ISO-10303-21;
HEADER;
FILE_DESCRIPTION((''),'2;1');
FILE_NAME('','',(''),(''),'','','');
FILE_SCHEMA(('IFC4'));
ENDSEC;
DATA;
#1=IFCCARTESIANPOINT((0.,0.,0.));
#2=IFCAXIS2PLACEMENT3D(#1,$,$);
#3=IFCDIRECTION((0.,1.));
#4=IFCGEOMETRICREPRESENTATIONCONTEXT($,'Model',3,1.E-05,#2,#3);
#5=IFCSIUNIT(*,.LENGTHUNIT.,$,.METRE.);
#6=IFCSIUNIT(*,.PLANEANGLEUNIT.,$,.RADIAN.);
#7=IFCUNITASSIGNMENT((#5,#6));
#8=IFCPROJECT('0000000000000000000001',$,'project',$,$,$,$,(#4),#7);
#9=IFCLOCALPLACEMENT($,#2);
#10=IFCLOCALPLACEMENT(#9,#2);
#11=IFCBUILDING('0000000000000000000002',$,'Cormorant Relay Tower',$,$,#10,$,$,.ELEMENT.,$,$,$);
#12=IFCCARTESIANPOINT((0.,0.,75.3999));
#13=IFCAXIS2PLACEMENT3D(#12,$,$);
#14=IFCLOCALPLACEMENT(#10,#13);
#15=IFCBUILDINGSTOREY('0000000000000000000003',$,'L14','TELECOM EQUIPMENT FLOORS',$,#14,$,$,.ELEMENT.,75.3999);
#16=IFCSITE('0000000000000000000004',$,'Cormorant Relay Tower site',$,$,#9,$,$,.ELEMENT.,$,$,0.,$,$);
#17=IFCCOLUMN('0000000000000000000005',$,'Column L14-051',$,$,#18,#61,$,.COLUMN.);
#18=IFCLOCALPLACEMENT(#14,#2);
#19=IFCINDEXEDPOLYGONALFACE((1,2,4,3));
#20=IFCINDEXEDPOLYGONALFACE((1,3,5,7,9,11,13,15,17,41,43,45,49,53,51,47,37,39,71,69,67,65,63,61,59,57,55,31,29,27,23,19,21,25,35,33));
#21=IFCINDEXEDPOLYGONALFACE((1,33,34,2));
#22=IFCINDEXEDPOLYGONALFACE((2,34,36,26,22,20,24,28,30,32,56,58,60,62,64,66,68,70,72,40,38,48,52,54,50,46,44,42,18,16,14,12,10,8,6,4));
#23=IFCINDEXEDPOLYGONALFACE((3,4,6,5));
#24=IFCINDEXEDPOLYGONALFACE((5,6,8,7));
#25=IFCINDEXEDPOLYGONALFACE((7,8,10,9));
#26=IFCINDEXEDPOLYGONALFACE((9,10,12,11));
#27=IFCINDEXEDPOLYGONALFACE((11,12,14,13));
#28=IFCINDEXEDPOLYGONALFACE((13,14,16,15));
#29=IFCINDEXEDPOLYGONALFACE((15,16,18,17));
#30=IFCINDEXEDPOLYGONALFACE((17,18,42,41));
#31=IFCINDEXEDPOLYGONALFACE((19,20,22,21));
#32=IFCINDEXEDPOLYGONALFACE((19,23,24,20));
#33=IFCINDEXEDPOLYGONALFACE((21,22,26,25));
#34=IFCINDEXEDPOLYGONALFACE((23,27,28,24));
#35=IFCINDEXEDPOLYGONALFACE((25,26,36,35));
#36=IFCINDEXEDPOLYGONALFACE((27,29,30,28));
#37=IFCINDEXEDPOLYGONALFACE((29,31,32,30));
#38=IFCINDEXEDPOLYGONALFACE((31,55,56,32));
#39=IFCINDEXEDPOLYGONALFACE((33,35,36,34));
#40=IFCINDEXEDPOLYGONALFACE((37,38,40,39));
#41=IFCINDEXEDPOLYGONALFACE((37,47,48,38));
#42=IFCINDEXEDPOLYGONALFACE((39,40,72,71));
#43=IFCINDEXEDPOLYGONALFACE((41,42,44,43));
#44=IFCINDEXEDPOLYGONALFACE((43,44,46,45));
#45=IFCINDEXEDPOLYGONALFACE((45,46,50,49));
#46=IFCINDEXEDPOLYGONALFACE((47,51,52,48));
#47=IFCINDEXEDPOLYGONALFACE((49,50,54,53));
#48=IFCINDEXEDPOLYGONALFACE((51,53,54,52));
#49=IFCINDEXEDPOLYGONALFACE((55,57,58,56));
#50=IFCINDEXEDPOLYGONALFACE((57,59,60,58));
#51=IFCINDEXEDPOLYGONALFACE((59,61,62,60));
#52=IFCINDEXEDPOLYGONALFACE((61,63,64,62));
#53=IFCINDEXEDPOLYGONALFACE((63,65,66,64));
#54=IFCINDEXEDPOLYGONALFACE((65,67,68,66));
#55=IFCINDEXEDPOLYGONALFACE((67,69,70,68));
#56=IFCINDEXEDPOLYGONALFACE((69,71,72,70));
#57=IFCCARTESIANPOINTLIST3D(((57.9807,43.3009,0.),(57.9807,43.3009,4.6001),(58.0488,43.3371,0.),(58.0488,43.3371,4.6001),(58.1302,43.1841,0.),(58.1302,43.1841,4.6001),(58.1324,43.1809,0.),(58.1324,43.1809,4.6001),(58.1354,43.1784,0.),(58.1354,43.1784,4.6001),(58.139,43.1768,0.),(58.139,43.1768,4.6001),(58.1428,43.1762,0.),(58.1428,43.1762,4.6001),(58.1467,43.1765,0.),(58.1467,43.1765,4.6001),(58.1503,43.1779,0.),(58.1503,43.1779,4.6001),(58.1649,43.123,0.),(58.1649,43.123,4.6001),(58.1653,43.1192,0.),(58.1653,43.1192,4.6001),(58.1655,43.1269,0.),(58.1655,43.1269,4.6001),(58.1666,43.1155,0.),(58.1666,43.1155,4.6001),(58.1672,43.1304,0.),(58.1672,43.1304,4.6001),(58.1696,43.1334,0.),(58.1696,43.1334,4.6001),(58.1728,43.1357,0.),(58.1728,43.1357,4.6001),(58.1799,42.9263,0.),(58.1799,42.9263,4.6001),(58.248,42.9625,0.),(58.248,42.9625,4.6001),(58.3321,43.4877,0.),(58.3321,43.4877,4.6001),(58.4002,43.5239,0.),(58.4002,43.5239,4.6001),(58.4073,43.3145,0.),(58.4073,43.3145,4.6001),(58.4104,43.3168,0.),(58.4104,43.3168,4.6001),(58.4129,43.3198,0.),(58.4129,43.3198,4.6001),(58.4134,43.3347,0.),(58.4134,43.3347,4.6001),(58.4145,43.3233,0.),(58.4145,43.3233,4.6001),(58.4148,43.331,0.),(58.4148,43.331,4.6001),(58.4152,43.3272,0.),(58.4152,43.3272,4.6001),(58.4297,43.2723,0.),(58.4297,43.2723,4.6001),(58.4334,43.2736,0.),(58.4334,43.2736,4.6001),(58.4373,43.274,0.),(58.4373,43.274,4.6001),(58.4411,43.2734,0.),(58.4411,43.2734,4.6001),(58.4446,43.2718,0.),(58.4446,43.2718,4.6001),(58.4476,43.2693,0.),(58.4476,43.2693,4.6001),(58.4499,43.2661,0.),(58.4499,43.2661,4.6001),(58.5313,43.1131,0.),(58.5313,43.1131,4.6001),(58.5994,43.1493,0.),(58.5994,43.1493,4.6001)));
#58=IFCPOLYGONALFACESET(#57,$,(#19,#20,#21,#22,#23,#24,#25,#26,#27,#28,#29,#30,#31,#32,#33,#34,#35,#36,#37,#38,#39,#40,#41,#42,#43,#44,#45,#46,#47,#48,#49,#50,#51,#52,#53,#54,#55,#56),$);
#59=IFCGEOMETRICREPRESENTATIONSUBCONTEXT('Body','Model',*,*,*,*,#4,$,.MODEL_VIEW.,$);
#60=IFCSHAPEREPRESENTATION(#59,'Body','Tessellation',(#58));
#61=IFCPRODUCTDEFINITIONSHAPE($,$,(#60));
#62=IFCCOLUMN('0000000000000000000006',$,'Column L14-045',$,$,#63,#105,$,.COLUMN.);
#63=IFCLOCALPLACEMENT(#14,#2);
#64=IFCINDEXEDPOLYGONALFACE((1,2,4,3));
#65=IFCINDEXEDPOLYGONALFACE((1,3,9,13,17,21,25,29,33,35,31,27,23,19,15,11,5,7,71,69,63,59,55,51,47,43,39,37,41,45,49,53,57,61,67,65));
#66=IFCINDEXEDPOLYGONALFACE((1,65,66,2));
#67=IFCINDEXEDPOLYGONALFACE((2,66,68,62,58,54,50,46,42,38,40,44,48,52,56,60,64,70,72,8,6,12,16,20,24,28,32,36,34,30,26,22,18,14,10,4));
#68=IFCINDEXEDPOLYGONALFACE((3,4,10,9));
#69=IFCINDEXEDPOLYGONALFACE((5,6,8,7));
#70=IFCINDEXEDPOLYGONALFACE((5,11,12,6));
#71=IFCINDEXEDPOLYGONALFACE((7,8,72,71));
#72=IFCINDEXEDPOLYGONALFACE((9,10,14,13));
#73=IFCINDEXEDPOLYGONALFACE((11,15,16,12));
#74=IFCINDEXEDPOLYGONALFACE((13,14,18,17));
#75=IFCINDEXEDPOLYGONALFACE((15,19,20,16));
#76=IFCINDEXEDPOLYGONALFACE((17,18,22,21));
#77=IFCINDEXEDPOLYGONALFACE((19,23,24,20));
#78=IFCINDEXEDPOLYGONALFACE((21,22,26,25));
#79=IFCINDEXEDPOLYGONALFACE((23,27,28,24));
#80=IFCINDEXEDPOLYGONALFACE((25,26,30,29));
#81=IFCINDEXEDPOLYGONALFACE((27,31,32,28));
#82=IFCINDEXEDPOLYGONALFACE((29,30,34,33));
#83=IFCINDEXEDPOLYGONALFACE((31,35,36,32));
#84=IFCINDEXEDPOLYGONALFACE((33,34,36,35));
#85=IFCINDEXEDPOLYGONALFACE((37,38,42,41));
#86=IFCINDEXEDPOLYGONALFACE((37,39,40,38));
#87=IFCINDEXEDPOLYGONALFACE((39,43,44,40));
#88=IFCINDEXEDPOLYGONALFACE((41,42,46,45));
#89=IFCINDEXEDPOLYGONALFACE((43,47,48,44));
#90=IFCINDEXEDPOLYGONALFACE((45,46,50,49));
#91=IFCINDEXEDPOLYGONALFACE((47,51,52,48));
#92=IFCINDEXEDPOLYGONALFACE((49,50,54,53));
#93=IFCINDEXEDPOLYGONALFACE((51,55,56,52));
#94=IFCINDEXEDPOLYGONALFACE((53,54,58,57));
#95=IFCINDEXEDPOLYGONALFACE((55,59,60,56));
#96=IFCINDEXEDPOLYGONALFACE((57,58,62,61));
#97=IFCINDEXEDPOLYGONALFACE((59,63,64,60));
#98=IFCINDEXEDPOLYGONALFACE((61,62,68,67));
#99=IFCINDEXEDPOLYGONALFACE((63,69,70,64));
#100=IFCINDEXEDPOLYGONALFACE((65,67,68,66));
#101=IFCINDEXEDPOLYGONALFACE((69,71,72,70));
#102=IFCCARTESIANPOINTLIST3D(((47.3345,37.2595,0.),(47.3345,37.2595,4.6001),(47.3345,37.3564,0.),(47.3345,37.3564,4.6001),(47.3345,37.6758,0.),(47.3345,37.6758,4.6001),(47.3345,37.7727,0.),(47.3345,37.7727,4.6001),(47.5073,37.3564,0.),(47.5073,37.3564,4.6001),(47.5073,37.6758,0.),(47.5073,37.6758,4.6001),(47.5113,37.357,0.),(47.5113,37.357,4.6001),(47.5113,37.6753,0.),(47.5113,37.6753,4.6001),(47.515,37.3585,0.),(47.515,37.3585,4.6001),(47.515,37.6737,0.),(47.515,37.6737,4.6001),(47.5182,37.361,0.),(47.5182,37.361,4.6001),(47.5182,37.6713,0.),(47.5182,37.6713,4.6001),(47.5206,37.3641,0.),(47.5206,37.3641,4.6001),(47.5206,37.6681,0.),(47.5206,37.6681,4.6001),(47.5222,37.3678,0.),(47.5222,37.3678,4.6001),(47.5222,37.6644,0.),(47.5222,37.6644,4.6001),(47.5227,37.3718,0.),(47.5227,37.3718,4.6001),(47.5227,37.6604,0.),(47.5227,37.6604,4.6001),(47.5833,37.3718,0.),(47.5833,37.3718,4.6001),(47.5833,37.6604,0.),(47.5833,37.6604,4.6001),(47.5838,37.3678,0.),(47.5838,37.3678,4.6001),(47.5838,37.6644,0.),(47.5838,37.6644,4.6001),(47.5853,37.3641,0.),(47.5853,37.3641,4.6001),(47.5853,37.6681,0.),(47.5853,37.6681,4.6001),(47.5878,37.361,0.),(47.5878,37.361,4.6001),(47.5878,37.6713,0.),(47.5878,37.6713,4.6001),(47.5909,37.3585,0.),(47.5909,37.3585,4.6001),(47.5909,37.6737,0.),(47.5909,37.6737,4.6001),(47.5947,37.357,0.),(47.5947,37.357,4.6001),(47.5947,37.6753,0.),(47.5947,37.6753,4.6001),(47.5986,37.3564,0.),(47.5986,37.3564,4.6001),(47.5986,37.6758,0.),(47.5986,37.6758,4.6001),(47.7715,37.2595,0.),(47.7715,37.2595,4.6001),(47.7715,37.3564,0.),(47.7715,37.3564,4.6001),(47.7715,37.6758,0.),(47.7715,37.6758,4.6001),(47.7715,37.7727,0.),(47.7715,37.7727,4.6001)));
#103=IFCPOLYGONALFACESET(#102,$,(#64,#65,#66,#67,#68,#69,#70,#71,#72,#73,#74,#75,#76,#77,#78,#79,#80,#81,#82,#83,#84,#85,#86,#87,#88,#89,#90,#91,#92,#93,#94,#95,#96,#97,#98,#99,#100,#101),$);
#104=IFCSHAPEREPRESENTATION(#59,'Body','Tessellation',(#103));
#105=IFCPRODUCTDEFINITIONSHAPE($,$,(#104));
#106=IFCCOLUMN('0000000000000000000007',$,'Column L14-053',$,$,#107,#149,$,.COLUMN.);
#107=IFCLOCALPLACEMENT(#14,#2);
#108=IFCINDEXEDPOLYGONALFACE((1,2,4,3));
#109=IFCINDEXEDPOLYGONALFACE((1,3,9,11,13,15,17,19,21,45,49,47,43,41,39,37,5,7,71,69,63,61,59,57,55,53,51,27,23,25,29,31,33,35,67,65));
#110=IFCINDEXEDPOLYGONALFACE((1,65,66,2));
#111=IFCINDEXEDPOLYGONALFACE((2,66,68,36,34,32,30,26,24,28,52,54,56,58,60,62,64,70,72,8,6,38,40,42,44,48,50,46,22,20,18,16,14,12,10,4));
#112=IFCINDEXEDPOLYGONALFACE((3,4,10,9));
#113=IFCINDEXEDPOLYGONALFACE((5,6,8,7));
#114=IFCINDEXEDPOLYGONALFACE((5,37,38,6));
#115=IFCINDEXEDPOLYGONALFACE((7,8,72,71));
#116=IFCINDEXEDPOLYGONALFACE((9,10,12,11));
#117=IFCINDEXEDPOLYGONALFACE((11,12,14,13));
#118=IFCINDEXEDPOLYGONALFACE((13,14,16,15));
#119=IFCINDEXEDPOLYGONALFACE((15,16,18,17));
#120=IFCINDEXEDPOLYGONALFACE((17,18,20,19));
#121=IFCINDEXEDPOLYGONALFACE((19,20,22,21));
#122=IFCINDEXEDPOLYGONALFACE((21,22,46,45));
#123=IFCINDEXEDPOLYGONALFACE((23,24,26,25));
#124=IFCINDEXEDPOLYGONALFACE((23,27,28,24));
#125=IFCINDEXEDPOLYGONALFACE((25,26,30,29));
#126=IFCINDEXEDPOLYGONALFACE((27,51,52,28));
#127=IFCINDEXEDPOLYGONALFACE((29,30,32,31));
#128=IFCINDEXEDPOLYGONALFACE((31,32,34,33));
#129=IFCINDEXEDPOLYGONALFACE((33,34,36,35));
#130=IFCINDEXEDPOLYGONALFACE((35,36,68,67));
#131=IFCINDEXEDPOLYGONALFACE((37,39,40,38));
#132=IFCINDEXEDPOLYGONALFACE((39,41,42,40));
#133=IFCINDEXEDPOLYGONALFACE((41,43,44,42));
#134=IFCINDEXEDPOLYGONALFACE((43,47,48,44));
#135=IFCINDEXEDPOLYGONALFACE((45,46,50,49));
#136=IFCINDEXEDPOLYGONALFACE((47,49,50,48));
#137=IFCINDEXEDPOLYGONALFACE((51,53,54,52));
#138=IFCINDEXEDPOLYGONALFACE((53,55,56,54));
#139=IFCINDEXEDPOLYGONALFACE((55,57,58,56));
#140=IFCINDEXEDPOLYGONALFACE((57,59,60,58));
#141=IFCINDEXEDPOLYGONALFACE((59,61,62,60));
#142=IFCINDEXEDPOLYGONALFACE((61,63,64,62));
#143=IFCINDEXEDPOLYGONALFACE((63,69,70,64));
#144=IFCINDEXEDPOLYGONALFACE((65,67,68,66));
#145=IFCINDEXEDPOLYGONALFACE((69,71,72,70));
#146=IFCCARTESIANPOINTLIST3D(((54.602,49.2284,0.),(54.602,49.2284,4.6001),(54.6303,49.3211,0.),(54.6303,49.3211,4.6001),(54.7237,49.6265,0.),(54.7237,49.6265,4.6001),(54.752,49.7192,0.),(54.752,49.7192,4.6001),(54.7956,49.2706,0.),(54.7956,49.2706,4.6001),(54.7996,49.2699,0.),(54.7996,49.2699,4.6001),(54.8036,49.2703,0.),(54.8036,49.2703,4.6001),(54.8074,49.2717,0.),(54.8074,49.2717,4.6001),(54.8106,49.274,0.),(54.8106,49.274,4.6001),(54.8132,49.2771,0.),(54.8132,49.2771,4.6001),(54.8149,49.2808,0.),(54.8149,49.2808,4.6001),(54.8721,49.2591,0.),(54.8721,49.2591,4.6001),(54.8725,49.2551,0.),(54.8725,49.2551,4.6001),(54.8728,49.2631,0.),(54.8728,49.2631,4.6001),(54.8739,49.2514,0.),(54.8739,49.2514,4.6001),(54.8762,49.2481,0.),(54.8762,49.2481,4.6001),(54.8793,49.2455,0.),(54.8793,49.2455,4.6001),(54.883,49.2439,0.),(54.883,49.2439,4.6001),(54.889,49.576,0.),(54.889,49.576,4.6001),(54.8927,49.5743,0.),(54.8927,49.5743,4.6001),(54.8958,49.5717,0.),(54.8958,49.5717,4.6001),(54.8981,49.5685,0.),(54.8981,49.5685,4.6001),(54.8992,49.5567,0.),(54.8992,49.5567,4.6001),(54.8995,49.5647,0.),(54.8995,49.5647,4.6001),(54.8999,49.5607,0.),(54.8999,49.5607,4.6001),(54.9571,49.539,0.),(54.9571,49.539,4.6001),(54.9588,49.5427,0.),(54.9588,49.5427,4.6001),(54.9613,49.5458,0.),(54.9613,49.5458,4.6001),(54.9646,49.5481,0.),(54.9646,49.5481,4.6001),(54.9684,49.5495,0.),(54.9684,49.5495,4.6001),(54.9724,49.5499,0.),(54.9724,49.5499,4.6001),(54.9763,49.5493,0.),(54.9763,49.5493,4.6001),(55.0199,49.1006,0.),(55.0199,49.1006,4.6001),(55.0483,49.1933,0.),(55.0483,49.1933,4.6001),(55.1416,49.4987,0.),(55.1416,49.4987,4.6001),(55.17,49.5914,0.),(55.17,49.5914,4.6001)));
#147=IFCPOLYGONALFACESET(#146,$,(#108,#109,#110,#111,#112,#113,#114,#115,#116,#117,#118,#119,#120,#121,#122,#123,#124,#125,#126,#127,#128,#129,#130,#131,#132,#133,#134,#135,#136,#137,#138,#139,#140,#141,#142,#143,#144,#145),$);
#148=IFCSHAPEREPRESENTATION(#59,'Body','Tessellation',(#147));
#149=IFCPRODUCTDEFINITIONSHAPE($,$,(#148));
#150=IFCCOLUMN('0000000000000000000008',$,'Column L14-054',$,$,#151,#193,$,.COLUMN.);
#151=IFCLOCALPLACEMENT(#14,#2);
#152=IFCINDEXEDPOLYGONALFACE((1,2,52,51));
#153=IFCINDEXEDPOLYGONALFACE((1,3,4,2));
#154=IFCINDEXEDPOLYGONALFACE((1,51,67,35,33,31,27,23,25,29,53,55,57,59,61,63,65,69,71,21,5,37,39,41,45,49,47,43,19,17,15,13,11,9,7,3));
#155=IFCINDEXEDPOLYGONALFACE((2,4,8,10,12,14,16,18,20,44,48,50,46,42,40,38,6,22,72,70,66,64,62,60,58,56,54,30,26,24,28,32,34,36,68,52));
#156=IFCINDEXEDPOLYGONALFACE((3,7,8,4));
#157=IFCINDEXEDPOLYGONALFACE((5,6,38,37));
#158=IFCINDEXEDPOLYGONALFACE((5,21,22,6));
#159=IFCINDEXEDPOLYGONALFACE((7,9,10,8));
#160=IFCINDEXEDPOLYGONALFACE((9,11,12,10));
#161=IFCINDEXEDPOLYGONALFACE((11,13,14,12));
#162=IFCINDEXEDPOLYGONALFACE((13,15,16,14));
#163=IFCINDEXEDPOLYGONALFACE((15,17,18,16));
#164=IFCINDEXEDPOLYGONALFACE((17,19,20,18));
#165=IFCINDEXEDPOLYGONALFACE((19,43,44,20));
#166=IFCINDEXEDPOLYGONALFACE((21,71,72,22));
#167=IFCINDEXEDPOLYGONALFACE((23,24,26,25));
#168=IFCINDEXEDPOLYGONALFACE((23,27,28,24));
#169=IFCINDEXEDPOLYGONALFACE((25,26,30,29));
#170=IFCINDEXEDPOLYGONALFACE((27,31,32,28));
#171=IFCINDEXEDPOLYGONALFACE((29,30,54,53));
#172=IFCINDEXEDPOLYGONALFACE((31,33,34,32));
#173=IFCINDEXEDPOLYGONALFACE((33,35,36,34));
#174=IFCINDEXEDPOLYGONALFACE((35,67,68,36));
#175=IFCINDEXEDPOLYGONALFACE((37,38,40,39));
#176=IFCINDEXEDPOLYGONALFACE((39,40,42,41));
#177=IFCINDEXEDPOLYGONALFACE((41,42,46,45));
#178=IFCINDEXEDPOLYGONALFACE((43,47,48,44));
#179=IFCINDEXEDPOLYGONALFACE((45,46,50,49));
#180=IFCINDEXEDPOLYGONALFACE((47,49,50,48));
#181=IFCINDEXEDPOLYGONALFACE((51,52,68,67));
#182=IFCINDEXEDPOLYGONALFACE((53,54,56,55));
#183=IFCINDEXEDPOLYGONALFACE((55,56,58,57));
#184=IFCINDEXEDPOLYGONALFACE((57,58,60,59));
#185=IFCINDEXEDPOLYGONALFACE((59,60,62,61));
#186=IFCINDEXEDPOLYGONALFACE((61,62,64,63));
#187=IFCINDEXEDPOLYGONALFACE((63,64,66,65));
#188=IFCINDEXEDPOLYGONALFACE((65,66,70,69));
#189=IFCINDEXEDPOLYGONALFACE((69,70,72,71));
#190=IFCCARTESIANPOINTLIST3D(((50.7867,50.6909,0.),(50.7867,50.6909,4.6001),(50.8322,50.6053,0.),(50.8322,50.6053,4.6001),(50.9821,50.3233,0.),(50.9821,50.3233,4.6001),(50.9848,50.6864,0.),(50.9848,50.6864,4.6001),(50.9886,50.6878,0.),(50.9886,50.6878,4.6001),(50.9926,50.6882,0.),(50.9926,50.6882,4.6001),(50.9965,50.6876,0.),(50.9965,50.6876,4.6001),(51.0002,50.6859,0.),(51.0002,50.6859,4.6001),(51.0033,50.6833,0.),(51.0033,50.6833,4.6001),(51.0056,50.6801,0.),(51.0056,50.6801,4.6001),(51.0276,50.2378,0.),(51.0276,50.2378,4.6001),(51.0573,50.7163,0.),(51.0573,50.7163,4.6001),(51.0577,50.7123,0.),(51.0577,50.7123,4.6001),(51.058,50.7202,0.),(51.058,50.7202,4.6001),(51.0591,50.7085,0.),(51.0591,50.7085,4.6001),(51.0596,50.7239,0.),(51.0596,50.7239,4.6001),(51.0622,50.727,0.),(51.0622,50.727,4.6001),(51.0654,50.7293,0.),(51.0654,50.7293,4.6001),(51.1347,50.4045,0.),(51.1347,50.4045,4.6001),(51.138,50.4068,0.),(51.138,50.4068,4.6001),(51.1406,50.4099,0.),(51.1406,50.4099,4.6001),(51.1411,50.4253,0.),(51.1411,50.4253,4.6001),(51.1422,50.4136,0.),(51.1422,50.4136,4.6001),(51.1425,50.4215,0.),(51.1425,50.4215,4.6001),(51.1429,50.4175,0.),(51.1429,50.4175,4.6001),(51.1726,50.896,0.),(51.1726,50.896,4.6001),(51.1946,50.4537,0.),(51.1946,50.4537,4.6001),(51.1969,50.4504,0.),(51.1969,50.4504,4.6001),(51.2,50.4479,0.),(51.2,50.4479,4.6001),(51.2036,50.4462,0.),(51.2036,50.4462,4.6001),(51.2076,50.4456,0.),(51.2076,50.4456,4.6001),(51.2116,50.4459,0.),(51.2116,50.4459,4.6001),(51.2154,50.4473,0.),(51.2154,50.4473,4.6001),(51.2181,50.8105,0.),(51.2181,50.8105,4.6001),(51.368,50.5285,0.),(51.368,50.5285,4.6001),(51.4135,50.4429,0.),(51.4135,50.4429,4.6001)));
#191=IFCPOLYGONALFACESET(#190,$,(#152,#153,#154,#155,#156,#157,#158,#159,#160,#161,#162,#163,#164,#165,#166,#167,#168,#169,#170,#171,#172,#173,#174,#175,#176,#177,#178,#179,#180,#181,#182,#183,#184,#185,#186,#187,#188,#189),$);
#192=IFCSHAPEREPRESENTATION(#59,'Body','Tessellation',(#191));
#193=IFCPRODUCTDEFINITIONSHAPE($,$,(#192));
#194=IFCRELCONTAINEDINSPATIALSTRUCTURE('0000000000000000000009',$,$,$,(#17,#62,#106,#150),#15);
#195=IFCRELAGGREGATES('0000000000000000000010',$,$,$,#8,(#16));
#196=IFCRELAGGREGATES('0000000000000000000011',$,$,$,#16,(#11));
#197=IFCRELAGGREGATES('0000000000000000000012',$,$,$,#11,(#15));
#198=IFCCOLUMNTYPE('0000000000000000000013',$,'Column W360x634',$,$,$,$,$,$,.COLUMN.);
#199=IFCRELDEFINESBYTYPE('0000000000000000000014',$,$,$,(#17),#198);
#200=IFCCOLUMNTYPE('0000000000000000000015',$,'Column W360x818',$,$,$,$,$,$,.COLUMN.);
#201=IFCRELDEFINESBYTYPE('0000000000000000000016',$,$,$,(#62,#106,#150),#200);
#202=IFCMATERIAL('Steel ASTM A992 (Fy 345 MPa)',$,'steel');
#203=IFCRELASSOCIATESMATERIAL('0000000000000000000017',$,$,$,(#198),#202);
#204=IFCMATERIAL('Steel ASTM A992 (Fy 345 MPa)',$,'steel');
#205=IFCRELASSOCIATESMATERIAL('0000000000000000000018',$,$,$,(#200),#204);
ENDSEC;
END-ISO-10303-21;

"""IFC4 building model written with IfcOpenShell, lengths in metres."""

from ifc_helpers import new_model, si_unit, direction, frame, origin, origin_2d, place, context, subcontext, project, spatial, i_section, extrude, material, material_profile, profile_set, type_object, element, save


model = new_model("IFC4")

# Units and contexts
model_context = context("Model", 3, precision=1e-05, world=origin(), true_north=direction((0.0, 1.0)))
body_context = subcontext(model_context, "Body", "Model", "MODEL_VIEW")
ifc_project = project(units=[si_unit("LENGTHUNIT", "METRE"), si_unit("PLANEANGLEUNIT", "RADIAN")], contexts=[model_context])

# Site, building, storey
site_placement = place(None, origin())
site = spatial("IfcSite", under=ifc_project, at=site_placement, Name="Cormorant Relay Tower site", CompositionType="ELEMENT", RefElevation=0.0)
building_placement = place(site_placement, origin())
building = spatial("IfcBuilding", under=site, at=building_placement, Name="Cormorant Relay Tower", CompositionType="ELEMENT")
storey_placement = place(building_placement, frame((0.0, 0.0, 75.3999)))
storey = spatial("IfcBuildingStorey", under=building, at=storey_placement, Name="L14", Description="TELECOM EQUIPMENT FLOORS", CompositionType="ELEMENT", Elevation=75.3999)

# Columns
ifc_material_1 = material(Name="Steel ASTM A992 (Fy 345 MPa)", Category="steel")
ifc_material_profile_1 = material_profile(ifc_material_1, i_section(OverallWidth=0.4243, OverallDepth=0.4751, WebThickness=0.0479, FlangeThickness=0.0771, FilletRadius=0.0149, at=origin_2d()), Name="W360x634")
ifc_profile_set_1 = profile_set([ifc_material_profile_1], Name="Steel ASTM A992 (Fy 345 MPa)")
column_type_1 = type_object("IfcColumnType", Name="Column W360x634", PredefinedType="COLUMN", material=ifc_profile_set_1)
column_placement = place(storey_placement, frame((58.29, 43.2251, 0.0), z_axis=(0.0, 0.0, 1.0), x_axis=(-0.469472, 0.882948, 0.0)))
element("IfcColumn", 1, at=column_placement, inside=storey, type_object=column_type_1, Name="Column L14-051", PredefinedType="COLUMN", context=body_context, shape_type="SweptSolid", body=[
    extrude(i_section(OverallWidth=0.4243, OverallDepth=0.4751, WebThickness=0.0479, FlangeThickness=0.0771, FilletRadius=0.0149, at=origin_2d()), origin(), (0.0, 0.0, 1.0), 4.6001),
])
ifc_material_2 = material(Name="Steel ASTM A992 (Fy 345 MPa)", Category="steel")
ifc_material_profile_2 = material_profile(ifc_material_2, i_section(OverallWidth=0.437, OverallDepth=0.5132, WebThickness=0.0605, FlangeThickness=0.0969, FilletRadius=0.0154, at=origin_2d()), Name="W360x818")
ifc_profile_set_2 = profile_set([ifc_material_profile_2], Name="Steel ASTM A992 (Fy 345 MPa)")
column_type_2 = type_object("IfcColumnType", Name="Column W360x818", PredefinedType="COLUMN", material=ifc_profile_set_2)
for number, where, z_axis, x_axis, name in (
    (2, (47.553, 37.5161, 0.0), (0.0, 0.0, 1.0), (1.0, 0.0, 0.0), "Column L14-045"),
    (3, (54.886, 49.4099, 0.0), (0.0, 0.0, 1.0), (-0.956305, 0.292372, 0.0), "Column L14-053"),
    (4, (51.1001, 50.5669, 0.0), (0.0, 0.0, 1.0), (-0.882948, -0.469472, 0.0), "Column L14-054"),
):
    element("IfcColumn", number, at=place(storey_placement, frame(where, z_axis=z_axis, x_axis=x_axis)), inside=storey, type_object=column_type_2, Name=name, PredefinedType="COLUMN", context=body_context, shape_type="SweptSolid", body=[
        extrude(i_section(OverallWidth=0.437, OverallDepth=0.5132, WebThickness=0.0605, FlangeThickness=0.0969, FilletRadius=0.0154, at=origin_2d()), origin(), (0.0, 0.0, 1.0), 4.6001),
    ])

save(model, "model.ifc")
